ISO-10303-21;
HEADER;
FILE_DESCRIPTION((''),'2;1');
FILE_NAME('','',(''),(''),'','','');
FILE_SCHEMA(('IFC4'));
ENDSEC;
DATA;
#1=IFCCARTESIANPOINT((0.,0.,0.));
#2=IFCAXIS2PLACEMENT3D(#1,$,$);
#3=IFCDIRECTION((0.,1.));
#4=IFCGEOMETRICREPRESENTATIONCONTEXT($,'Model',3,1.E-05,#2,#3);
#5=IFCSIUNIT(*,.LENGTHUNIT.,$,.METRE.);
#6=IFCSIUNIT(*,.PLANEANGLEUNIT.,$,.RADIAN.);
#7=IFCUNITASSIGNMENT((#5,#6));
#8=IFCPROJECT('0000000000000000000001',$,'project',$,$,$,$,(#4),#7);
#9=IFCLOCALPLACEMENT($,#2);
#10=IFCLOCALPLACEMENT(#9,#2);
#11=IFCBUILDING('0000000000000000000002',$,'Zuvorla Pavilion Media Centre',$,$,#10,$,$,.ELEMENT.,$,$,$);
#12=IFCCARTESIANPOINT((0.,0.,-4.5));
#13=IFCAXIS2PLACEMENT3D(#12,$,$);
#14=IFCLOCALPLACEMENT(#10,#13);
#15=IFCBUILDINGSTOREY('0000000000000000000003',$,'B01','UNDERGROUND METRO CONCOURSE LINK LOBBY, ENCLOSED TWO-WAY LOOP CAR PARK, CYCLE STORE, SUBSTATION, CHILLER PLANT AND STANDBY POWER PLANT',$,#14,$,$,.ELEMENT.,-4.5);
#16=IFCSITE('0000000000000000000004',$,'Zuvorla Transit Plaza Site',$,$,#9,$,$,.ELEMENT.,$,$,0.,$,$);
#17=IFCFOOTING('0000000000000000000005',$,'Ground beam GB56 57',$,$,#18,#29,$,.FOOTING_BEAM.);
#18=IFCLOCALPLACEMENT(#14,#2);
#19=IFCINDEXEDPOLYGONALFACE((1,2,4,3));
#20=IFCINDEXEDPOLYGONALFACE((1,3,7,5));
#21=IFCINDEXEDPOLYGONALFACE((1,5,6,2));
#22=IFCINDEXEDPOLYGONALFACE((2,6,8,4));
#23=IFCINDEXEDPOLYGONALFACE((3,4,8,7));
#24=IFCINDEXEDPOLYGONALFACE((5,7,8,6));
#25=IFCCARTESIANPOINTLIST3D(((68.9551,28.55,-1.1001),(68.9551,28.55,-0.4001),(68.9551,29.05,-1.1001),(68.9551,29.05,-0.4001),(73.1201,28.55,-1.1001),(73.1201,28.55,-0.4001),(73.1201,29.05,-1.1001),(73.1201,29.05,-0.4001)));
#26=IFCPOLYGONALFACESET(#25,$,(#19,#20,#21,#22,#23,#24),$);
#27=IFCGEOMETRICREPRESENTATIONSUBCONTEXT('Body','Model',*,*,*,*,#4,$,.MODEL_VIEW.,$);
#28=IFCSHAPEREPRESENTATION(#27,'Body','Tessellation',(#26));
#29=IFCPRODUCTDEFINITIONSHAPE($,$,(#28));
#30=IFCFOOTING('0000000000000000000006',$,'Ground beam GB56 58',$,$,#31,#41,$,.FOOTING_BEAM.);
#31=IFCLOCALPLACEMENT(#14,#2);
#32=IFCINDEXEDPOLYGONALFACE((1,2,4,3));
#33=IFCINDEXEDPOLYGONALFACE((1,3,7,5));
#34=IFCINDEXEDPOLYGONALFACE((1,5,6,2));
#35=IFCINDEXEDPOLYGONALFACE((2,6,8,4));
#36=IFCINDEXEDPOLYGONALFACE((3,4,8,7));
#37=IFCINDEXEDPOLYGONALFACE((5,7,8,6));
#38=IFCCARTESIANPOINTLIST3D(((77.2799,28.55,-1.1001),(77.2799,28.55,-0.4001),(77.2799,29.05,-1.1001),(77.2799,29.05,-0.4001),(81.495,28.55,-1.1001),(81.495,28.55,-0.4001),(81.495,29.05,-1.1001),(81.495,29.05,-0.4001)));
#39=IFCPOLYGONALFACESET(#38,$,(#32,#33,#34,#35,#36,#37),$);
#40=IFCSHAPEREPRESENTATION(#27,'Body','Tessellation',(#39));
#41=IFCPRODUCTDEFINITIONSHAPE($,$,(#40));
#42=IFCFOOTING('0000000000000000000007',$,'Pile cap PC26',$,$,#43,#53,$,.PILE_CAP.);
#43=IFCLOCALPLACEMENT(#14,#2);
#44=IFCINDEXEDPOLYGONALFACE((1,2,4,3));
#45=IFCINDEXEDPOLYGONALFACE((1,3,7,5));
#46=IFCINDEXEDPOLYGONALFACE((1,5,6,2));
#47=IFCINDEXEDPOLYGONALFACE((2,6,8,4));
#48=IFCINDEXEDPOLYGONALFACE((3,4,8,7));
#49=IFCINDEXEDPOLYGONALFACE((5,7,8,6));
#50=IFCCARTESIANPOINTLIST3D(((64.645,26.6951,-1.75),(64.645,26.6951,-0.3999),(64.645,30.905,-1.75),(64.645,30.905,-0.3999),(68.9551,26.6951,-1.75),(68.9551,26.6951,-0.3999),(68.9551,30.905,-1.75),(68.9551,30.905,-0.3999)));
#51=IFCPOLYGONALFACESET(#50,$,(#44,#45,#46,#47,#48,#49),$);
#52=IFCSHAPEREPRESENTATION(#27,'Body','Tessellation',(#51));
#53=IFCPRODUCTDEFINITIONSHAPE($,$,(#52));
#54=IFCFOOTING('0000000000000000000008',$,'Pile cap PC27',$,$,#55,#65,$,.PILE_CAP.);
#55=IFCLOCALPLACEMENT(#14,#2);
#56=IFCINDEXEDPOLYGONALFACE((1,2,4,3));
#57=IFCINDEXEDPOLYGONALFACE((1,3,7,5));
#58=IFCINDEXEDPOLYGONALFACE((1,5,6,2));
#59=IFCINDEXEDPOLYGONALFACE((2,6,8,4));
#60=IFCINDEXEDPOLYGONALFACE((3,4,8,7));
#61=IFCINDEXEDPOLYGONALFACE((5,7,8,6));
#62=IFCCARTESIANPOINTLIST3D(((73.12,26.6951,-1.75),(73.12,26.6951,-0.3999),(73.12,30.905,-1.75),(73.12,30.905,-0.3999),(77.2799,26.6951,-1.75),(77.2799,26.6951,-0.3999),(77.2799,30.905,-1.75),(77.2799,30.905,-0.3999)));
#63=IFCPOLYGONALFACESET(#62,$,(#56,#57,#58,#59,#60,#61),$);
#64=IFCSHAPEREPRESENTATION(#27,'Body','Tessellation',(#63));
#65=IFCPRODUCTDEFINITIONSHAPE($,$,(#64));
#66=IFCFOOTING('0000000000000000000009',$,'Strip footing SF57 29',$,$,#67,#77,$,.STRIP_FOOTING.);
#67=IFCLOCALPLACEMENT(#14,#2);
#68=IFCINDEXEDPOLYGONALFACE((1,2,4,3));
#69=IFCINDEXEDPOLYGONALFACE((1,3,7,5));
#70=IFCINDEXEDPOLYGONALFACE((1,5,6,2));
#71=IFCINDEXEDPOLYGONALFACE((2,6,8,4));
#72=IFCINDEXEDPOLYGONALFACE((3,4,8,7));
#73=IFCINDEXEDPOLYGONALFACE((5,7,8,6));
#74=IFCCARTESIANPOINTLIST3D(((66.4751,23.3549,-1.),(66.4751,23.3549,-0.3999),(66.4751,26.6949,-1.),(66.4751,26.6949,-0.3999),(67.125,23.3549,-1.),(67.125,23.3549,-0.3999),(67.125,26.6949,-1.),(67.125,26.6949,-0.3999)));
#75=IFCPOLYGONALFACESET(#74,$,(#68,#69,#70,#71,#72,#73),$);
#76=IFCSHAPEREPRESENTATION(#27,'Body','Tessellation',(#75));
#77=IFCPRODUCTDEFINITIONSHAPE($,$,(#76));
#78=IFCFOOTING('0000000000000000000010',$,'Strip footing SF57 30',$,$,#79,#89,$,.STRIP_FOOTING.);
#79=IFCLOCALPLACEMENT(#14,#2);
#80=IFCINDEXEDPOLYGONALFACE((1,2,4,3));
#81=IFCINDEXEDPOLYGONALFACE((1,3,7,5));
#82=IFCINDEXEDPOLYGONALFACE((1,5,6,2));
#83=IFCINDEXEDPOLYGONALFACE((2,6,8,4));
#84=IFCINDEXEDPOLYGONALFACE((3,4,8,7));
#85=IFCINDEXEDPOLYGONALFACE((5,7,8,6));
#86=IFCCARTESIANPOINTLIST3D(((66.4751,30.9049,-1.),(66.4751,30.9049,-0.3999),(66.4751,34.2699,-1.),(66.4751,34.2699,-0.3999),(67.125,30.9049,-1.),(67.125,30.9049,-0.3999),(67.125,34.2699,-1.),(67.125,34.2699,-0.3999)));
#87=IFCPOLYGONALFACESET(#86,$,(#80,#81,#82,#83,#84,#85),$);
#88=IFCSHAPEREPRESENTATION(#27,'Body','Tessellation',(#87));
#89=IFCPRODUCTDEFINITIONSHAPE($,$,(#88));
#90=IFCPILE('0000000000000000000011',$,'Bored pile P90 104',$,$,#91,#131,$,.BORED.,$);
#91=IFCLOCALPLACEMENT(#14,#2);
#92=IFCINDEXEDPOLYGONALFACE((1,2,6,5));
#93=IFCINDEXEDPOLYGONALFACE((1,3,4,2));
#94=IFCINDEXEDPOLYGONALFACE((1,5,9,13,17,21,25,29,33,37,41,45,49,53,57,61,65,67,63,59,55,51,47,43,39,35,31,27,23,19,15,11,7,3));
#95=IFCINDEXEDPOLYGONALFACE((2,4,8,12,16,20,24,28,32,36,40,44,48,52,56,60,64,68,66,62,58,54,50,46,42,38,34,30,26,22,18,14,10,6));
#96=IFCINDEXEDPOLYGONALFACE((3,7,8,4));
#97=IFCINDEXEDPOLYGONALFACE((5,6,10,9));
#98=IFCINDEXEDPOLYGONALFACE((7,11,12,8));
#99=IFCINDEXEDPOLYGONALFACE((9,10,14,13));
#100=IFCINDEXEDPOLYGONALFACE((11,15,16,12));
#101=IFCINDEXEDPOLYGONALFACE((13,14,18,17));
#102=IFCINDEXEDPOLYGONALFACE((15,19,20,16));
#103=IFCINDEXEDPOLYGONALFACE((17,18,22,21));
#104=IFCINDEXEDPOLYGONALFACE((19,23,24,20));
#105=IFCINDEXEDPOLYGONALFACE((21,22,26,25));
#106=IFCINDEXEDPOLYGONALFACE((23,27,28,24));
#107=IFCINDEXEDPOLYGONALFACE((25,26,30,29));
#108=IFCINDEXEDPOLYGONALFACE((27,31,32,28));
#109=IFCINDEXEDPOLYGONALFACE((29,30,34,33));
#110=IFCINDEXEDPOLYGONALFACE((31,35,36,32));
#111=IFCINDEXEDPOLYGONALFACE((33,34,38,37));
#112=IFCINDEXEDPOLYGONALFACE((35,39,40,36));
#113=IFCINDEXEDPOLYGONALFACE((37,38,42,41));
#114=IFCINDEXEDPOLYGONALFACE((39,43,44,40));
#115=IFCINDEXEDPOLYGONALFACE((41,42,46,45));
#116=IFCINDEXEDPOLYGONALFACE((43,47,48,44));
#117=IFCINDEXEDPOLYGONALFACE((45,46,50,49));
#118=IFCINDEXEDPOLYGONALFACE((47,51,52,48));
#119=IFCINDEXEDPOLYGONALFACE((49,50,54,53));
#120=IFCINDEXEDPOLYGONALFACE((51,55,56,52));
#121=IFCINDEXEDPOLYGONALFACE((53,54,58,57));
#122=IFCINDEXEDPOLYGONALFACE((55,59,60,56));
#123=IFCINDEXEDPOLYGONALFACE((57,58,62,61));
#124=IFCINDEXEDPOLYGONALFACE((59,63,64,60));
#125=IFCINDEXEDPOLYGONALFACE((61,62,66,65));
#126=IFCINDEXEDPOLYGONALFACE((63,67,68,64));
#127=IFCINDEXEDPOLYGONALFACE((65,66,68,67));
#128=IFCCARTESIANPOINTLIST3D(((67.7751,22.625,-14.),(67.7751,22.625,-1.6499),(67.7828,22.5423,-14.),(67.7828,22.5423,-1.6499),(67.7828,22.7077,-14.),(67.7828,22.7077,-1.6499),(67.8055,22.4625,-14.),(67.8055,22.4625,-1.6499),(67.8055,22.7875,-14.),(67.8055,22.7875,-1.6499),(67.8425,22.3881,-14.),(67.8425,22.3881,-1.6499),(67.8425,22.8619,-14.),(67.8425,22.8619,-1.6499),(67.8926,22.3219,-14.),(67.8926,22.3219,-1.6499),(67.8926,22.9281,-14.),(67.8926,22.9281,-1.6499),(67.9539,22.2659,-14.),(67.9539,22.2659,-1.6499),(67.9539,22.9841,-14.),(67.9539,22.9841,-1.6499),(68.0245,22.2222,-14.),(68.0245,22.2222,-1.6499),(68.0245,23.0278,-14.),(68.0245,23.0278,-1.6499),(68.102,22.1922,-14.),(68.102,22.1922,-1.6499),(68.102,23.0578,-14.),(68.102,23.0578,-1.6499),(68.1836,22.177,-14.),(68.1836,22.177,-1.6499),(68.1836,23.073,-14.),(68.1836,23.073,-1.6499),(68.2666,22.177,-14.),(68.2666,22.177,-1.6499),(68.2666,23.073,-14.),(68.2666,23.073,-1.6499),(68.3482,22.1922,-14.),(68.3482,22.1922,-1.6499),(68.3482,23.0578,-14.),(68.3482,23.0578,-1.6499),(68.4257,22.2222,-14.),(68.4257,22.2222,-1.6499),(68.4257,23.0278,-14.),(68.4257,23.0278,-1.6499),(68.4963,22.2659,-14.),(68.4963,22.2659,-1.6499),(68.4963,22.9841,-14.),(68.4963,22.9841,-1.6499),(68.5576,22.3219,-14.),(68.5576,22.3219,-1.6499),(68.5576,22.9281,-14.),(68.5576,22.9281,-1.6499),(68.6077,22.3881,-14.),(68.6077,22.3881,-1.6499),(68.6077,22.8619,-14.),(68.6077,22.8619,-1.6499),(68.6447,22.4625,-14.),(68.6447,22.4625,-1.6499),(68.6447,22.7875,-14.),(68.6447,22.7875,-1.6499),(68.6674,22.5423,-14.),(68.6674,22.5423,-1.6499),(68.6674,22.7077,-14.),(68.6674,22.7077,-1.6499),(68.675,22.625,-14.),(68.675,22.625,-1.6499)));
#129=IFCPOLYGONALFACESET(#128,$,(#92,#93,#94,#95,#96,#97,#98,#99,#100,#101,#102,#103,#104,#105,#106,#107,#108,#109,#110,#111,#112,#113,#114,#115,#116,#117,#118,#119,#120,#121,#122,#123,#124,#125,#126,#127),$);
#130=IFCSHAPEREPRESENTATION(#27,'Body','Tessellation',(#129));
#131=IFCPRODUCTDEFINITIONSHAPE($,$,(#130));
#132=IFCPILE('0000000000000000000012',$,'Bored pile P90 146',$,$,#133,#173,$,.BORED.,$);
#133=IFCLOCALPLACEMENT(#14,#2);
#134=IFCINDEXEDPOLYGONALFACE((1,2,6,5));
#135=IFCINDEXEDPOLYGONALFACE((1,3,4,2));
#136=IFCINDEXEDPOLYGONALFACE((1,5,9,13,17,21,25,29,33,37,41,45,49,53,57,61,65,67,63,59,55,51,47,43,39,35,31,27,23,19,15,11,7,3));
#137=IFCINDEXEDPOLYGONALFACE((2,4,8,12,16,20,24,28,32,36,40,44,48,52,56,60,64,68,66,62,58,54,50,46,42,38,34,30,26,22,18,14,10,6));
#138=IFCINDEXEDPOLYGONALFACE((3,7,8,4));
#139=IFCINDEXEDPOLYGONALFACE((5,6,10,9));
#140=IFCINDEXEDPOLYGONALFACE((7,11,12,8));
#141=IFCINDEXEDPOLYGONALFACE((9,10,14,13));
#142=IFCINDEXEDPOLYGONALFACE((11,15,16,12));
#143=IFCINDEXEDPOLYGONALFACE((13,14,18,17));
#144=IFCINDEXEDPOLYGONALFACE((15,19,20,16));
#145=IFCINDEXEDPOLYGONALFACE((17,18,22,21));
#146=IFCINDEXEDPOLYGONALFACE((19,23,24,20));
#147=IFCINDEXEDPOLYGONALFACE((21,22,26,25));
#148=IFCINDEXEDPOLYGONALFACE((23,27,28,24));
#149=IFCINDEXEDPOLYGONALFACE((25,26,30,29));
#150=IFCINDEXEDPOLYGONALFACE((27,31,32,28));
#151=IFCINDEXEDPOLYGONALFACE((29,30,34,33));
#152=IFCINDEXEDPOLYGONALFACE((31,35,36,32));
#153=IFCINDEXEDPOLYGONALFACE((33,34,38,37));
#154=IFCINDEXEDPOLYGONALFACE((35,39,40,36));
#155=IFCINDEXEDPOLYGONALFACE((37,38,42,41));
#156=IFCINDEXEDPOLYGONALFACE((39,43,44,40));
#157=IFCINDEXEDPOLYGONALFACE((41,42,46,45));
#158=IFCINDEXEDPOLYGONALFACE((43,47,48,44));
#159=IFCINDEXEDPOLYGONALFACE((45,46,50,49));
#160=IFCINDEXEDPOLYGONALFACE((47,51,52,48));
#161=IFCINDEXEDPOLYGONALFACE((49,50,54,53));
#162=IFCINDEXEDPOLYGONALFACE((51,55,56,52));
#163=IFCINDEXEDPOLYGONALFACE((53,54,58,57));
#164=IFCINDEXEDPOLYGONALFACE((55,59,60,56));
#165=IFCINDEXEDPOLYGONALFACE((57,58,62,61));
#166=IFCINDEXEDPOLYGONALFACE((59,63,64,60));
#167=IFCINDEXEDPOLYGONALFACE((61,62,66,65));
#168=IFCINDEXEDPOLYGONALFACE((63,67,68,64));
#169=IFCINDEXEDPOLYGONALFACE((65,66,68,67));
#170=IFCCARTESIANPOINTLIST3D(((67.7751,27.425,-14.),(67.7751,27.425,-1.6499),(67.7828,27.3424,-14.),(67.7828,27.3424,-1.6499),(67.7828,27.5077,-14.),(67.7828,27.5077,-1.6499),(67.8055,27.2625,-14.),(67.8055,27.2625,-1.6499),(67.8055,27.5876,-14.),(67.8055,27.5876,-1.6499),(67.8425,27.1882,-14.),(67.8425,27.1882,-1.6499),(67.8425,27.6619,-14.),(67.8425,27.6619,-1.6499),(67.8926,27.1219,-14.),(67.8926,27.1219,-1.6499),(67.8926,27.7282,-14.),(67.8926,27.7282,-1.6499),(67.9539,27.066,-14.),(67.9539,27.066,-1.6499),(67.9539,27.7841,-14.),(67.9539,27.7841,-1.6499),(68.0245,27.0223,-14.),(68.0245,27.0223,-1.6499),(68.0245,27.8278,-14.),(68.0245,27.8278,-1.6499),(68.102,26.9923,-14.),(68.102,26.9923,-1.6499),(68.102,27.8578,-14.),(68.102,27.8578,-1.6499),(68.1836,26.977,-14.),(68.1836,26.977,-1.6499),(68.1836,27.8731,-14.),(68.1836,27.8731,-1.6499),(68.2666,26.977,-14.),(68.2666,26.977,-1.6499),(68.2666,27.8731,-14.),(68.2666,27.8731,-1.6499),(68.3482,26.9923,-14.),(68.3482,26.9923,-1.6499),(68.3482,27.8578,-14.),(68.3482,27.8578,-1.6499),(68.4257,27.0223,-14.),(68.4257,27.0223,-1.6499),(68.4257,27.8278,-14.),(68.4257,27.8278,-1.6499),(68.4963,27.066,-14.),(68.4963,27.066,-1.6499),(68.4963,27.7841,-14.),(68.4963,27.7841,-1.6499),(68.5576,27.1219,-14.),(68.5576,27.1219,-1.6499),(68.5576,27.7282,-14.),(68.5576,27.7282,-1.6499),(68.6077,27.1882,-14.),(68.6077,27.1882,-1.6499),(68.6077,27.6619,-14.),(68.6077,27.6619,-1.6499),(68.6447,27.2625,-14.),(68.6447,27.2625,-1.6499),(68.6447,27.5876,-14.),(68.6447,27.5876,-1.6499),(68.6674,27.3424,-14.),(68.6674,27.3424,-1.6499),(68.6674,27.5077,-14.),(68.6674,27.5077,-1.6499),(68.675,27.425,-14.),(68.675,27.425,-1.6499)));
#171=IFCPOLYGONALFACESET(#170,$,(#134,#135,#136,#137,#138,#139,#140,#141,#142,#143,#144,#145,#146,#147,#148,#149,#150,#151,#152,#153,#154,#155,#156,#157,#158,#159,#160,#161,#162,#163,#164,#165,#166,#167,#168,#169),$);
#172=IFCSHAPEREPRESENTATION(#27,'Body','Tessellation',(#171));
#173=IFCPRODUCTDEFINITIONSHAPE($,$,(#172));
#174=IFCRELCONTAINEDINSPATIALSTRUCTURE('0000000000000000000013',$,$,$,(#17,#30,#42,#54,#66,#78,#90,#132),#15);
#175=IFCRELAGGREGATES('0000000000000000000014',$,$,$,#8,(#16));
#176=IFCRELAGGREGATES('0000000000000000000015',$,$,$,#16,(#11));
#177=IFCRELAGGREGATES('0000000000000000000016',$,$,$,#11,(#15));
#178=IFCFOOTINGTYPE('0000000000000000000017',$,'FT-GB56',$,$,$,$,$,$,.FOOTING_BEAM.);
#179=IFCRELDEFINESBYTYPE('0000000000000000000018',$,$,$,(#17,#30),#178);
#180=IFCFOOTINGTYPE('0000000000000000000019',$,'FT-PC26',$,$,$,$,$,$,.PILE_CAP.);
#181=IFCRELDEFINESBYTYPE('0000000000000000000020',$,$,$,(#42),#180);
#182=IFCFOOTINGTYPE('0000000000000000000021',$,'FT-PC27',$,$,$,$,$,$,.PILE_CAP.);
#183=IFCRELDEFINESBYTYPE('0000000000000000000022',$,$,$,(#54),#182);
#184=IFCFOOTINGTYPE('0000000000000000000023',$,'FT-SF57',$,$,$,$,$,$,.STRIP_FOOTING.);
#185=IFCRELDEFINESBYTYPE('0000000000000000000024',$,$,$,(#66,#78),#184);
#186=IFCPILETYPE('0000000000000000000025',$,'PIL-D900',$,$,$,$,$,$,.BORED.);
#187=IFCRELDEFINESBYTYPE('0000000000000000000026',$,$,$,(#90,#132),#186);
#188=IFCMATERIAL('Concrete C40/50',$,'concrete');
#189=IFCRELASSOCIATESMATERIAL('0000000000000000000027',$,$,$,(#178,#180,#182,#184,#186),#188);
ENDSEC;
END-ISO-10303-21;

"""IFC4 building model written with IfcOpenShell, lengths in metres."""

from ifc_helpers import new_model, si_unit, direction, frame, origin, origin_2d, place, context, subcontext, project, spatial, rectangle, circle, extrude, material, material_profile, profile_set, type_object, element, save


model = new_model("IFC4")

# Units and contexts
model_context = context("Model", 3, precision=1e-05, world=origin(), true_north=direction((0.0, 1.0)))
body_context = subcontext(model_context, "Body", "Model", "MODEL_VIEW")
ifc_project = project(units=[si_unit("LENGTHUNIT", "METRE"), si_unit("PLANEANGLEUNIT", "RADIAN")], contexts=[model_context])

# Site, building, storey
site_placement = place(None, origin())
site = spatial("IfcSite", under=ifc_project, at=site_placement, Name="Zuvorla Transit Plaza Site", CompositionType="ELEMENT", RefElevation=0.0)
building_placement = place(site_placement, origin())
building = spatial("IfcBuilding", under=site, at=building_placement, Name="Zuvorla Pavilion Media Centre", CompositionType="ELEMENT")
storey_placement = place(building_placement, frame((0.0, 0.0, -4.5)))
storey = spatial("IfcBuildingStorey", under=building, at=storey_placement, Name="B01", Description="UNDERGROUND METRO CONCOURSE LINK LOBBY, ENCLOSED TWO-WAY LOOP CAR PARK, CYCLE STORE, SUBSTATION, CHILLER PLANT AND STANDBY POWER PLANT", CompositionType="ELEMENT", Elevation=-4.5)

# Footings
ifc_material_1 = material(Name="Concrete C40/50", Category="concrete")
footing_type_1 = type_object("IfcFootingType", Name="FT-GB56", PredefinedType="FOOTING_BEAM", material=ifc_material_1)
footing_1_placement = place(storey_placement, frame((71.0376, 28.8, -1.1001), z_axis=(0.0, 0.0, 1.0), x_axis=(1.0, 0.0, 0.0)))
element("IfcFooting", 1, at=footing_1_placement, inside=storey, type_object=footing_type_1, Name="Ground beam GB56 57", PredefinedType="FOOTING_BEAM", context=body_context, shape_type="SweptSolid", body=[
    extrude(rectangle(XDim=4.165, YDim=0.5, at=origin_2d()), origin(), (0.0, 0.0, 1.0), 0.7),
])
footing_2_placement = place(storey_placement, frame((79.3875, 28.8, -1.1001), z_axis=(0.0, 0.0, 1.0), x_axis=(1.0, 0.0, 0.0)))
element("IfcFooting", 2, at=footing_2_placement, inside=storey, type_object=footing_type_1, Name="Ground beam GB56 58", PredefinedType="FOOTING_BEAM", context=body_context, shape_type="SweptSolid", body=[
    extrude(rectangle(XDim=4.2151, YDim=0.5, at=origin_2d()), origin(), (0.0, 0.0, 1.0), 0.7),
])
footing_type_2 = type_object("IfcFootingType", Name="FT-PC26", PredefinedType="PILE_CAP", material=ifc_material_1)
footing_3_placement = place(storey_placement, frame((66.8, 28.8, -1.75), z_axis=(0.0, 0.0, 1.0), x_axis=(1.0, 0.0, 0.0)))
element("IfcFooting", 3, at=footing_3_placement, inside=storey, type_object=footing_type_2, Name="Pile cap PC26", PredefinedType="PILE_CAP", context=body_context, shape_type="SweptSolid", body=[
    extrude(rectangle(XDim=4.3101, YDim=4.21, at=origin_2d()), origin(), (0.0, 0.0, 1.0), 1.3501),
])
footing_type_3 = type_object("IfcFootingType", Name="FT-PC27", PredefinedType="PILE_CAP", material=ifc_material_1)
footing_4_placement = place(storey_placement, frame((75.2, 28.8, -1.75), z_axis=(0.0, 0.0, 1.0), x_axis=(1.0, 0.0, 0.0)))
element("IfcFooting", 4, at=footing_4_placement, inside=storey, type_object=footing_type_3, Name="Pile cap PC27", PredefinedType="PILE_CAP", context=body_context, shape_type="SweptSolid", body=[
    extrude(rectangle(XDim=4.1599, YDim=4.21, at=origin_2d()), origin(), (0.0, 0.0, 1.0), 1.3501),
])
footing_type_4 = type_object("IfcFootingType", Name="FT-SF57", PredefinedType="STRIP_FOOTING", material=ifc_material_1)
footing_5_placement = place(storey_placement, frame((66.8, 25.0249, -1.0), z_axis=(0.0, 0.0, 1.0), x_axis=(0.0, 1.0, 0.0)))
element("IfcFooting", 5, at=footing_5_placement, inside=storey, type_object=footing_type_4, Name="Strip footing SF57 29", PredefinedType="STRIP_FOOTING", context=body_context, shape_type="SweptSolid", body=[
    extrude(rectangle(XDim=3.3401, YDim=0.6499, at=origin_2d()), origin(), (0.0, 0.0, 1.0), 0.6001),
])
footing_6_placement = place(storey_placement, frame((66.8, 32.5874, -1.0), z_axis=(0.0, 0.0, 1.0), x_axis=(0.0, 1.0, 0.0)))
element("IfcFooting", 6, at=footing_6_placement, inside=storey, type_object=footing_type_4, Name="Strip footing SF57 30", PredefinedType="STRIP_FOOTING", context=body_context, shape_type="SweptSolid", body=[
    extrude(rectangle(XDim=3.365, YDim=0.6499, at=origin_2d()), origin(), (0.0, 0.0, 1.0), 0.6001),
])

# Piles
ifc_material_profile_1 = material_profile(ifc_material_1, circle(Radius=0.45, at=origin_2d()), Name="BORED PILE 900")
ifc_profile_set_1 = profile_set([ifc_material_profile_1], Name="Concrete C40/50")
pile_type = type_object("IfcPileType", Name="PIL-D900", PredefinedType="BORED", material=ifc_profile_set_1)
for number, where, z_axis, x_axis, name in (
    (7, (68.2251, 22.625, -1.6499), (0.0, 0.0, -1.0), (1.0, 0.0, 0.0), "Bored pile P90 104"),
    (8, (68.2251, 27.425, -1.6499), (0.0, 0.0, -1.0), (1.0, 0.0, 0.0), "Bored pile P90 146"),
):
    element("IfcPile", number, at=place(storey_placement, frame(where, z_axis=z_axis, x_axis=x_axis)), inside=storey, type_object=pile_type, Name=name, PredefinedType="BORED", context=body_context, shape_type="SweptSolid", body=[
        extrude(circle(Radius=0.45, at=origin_2d()), origin(), (0.0, 0.0, 1.0), 12.3501),
    ])

save(model, "model.ifc")
